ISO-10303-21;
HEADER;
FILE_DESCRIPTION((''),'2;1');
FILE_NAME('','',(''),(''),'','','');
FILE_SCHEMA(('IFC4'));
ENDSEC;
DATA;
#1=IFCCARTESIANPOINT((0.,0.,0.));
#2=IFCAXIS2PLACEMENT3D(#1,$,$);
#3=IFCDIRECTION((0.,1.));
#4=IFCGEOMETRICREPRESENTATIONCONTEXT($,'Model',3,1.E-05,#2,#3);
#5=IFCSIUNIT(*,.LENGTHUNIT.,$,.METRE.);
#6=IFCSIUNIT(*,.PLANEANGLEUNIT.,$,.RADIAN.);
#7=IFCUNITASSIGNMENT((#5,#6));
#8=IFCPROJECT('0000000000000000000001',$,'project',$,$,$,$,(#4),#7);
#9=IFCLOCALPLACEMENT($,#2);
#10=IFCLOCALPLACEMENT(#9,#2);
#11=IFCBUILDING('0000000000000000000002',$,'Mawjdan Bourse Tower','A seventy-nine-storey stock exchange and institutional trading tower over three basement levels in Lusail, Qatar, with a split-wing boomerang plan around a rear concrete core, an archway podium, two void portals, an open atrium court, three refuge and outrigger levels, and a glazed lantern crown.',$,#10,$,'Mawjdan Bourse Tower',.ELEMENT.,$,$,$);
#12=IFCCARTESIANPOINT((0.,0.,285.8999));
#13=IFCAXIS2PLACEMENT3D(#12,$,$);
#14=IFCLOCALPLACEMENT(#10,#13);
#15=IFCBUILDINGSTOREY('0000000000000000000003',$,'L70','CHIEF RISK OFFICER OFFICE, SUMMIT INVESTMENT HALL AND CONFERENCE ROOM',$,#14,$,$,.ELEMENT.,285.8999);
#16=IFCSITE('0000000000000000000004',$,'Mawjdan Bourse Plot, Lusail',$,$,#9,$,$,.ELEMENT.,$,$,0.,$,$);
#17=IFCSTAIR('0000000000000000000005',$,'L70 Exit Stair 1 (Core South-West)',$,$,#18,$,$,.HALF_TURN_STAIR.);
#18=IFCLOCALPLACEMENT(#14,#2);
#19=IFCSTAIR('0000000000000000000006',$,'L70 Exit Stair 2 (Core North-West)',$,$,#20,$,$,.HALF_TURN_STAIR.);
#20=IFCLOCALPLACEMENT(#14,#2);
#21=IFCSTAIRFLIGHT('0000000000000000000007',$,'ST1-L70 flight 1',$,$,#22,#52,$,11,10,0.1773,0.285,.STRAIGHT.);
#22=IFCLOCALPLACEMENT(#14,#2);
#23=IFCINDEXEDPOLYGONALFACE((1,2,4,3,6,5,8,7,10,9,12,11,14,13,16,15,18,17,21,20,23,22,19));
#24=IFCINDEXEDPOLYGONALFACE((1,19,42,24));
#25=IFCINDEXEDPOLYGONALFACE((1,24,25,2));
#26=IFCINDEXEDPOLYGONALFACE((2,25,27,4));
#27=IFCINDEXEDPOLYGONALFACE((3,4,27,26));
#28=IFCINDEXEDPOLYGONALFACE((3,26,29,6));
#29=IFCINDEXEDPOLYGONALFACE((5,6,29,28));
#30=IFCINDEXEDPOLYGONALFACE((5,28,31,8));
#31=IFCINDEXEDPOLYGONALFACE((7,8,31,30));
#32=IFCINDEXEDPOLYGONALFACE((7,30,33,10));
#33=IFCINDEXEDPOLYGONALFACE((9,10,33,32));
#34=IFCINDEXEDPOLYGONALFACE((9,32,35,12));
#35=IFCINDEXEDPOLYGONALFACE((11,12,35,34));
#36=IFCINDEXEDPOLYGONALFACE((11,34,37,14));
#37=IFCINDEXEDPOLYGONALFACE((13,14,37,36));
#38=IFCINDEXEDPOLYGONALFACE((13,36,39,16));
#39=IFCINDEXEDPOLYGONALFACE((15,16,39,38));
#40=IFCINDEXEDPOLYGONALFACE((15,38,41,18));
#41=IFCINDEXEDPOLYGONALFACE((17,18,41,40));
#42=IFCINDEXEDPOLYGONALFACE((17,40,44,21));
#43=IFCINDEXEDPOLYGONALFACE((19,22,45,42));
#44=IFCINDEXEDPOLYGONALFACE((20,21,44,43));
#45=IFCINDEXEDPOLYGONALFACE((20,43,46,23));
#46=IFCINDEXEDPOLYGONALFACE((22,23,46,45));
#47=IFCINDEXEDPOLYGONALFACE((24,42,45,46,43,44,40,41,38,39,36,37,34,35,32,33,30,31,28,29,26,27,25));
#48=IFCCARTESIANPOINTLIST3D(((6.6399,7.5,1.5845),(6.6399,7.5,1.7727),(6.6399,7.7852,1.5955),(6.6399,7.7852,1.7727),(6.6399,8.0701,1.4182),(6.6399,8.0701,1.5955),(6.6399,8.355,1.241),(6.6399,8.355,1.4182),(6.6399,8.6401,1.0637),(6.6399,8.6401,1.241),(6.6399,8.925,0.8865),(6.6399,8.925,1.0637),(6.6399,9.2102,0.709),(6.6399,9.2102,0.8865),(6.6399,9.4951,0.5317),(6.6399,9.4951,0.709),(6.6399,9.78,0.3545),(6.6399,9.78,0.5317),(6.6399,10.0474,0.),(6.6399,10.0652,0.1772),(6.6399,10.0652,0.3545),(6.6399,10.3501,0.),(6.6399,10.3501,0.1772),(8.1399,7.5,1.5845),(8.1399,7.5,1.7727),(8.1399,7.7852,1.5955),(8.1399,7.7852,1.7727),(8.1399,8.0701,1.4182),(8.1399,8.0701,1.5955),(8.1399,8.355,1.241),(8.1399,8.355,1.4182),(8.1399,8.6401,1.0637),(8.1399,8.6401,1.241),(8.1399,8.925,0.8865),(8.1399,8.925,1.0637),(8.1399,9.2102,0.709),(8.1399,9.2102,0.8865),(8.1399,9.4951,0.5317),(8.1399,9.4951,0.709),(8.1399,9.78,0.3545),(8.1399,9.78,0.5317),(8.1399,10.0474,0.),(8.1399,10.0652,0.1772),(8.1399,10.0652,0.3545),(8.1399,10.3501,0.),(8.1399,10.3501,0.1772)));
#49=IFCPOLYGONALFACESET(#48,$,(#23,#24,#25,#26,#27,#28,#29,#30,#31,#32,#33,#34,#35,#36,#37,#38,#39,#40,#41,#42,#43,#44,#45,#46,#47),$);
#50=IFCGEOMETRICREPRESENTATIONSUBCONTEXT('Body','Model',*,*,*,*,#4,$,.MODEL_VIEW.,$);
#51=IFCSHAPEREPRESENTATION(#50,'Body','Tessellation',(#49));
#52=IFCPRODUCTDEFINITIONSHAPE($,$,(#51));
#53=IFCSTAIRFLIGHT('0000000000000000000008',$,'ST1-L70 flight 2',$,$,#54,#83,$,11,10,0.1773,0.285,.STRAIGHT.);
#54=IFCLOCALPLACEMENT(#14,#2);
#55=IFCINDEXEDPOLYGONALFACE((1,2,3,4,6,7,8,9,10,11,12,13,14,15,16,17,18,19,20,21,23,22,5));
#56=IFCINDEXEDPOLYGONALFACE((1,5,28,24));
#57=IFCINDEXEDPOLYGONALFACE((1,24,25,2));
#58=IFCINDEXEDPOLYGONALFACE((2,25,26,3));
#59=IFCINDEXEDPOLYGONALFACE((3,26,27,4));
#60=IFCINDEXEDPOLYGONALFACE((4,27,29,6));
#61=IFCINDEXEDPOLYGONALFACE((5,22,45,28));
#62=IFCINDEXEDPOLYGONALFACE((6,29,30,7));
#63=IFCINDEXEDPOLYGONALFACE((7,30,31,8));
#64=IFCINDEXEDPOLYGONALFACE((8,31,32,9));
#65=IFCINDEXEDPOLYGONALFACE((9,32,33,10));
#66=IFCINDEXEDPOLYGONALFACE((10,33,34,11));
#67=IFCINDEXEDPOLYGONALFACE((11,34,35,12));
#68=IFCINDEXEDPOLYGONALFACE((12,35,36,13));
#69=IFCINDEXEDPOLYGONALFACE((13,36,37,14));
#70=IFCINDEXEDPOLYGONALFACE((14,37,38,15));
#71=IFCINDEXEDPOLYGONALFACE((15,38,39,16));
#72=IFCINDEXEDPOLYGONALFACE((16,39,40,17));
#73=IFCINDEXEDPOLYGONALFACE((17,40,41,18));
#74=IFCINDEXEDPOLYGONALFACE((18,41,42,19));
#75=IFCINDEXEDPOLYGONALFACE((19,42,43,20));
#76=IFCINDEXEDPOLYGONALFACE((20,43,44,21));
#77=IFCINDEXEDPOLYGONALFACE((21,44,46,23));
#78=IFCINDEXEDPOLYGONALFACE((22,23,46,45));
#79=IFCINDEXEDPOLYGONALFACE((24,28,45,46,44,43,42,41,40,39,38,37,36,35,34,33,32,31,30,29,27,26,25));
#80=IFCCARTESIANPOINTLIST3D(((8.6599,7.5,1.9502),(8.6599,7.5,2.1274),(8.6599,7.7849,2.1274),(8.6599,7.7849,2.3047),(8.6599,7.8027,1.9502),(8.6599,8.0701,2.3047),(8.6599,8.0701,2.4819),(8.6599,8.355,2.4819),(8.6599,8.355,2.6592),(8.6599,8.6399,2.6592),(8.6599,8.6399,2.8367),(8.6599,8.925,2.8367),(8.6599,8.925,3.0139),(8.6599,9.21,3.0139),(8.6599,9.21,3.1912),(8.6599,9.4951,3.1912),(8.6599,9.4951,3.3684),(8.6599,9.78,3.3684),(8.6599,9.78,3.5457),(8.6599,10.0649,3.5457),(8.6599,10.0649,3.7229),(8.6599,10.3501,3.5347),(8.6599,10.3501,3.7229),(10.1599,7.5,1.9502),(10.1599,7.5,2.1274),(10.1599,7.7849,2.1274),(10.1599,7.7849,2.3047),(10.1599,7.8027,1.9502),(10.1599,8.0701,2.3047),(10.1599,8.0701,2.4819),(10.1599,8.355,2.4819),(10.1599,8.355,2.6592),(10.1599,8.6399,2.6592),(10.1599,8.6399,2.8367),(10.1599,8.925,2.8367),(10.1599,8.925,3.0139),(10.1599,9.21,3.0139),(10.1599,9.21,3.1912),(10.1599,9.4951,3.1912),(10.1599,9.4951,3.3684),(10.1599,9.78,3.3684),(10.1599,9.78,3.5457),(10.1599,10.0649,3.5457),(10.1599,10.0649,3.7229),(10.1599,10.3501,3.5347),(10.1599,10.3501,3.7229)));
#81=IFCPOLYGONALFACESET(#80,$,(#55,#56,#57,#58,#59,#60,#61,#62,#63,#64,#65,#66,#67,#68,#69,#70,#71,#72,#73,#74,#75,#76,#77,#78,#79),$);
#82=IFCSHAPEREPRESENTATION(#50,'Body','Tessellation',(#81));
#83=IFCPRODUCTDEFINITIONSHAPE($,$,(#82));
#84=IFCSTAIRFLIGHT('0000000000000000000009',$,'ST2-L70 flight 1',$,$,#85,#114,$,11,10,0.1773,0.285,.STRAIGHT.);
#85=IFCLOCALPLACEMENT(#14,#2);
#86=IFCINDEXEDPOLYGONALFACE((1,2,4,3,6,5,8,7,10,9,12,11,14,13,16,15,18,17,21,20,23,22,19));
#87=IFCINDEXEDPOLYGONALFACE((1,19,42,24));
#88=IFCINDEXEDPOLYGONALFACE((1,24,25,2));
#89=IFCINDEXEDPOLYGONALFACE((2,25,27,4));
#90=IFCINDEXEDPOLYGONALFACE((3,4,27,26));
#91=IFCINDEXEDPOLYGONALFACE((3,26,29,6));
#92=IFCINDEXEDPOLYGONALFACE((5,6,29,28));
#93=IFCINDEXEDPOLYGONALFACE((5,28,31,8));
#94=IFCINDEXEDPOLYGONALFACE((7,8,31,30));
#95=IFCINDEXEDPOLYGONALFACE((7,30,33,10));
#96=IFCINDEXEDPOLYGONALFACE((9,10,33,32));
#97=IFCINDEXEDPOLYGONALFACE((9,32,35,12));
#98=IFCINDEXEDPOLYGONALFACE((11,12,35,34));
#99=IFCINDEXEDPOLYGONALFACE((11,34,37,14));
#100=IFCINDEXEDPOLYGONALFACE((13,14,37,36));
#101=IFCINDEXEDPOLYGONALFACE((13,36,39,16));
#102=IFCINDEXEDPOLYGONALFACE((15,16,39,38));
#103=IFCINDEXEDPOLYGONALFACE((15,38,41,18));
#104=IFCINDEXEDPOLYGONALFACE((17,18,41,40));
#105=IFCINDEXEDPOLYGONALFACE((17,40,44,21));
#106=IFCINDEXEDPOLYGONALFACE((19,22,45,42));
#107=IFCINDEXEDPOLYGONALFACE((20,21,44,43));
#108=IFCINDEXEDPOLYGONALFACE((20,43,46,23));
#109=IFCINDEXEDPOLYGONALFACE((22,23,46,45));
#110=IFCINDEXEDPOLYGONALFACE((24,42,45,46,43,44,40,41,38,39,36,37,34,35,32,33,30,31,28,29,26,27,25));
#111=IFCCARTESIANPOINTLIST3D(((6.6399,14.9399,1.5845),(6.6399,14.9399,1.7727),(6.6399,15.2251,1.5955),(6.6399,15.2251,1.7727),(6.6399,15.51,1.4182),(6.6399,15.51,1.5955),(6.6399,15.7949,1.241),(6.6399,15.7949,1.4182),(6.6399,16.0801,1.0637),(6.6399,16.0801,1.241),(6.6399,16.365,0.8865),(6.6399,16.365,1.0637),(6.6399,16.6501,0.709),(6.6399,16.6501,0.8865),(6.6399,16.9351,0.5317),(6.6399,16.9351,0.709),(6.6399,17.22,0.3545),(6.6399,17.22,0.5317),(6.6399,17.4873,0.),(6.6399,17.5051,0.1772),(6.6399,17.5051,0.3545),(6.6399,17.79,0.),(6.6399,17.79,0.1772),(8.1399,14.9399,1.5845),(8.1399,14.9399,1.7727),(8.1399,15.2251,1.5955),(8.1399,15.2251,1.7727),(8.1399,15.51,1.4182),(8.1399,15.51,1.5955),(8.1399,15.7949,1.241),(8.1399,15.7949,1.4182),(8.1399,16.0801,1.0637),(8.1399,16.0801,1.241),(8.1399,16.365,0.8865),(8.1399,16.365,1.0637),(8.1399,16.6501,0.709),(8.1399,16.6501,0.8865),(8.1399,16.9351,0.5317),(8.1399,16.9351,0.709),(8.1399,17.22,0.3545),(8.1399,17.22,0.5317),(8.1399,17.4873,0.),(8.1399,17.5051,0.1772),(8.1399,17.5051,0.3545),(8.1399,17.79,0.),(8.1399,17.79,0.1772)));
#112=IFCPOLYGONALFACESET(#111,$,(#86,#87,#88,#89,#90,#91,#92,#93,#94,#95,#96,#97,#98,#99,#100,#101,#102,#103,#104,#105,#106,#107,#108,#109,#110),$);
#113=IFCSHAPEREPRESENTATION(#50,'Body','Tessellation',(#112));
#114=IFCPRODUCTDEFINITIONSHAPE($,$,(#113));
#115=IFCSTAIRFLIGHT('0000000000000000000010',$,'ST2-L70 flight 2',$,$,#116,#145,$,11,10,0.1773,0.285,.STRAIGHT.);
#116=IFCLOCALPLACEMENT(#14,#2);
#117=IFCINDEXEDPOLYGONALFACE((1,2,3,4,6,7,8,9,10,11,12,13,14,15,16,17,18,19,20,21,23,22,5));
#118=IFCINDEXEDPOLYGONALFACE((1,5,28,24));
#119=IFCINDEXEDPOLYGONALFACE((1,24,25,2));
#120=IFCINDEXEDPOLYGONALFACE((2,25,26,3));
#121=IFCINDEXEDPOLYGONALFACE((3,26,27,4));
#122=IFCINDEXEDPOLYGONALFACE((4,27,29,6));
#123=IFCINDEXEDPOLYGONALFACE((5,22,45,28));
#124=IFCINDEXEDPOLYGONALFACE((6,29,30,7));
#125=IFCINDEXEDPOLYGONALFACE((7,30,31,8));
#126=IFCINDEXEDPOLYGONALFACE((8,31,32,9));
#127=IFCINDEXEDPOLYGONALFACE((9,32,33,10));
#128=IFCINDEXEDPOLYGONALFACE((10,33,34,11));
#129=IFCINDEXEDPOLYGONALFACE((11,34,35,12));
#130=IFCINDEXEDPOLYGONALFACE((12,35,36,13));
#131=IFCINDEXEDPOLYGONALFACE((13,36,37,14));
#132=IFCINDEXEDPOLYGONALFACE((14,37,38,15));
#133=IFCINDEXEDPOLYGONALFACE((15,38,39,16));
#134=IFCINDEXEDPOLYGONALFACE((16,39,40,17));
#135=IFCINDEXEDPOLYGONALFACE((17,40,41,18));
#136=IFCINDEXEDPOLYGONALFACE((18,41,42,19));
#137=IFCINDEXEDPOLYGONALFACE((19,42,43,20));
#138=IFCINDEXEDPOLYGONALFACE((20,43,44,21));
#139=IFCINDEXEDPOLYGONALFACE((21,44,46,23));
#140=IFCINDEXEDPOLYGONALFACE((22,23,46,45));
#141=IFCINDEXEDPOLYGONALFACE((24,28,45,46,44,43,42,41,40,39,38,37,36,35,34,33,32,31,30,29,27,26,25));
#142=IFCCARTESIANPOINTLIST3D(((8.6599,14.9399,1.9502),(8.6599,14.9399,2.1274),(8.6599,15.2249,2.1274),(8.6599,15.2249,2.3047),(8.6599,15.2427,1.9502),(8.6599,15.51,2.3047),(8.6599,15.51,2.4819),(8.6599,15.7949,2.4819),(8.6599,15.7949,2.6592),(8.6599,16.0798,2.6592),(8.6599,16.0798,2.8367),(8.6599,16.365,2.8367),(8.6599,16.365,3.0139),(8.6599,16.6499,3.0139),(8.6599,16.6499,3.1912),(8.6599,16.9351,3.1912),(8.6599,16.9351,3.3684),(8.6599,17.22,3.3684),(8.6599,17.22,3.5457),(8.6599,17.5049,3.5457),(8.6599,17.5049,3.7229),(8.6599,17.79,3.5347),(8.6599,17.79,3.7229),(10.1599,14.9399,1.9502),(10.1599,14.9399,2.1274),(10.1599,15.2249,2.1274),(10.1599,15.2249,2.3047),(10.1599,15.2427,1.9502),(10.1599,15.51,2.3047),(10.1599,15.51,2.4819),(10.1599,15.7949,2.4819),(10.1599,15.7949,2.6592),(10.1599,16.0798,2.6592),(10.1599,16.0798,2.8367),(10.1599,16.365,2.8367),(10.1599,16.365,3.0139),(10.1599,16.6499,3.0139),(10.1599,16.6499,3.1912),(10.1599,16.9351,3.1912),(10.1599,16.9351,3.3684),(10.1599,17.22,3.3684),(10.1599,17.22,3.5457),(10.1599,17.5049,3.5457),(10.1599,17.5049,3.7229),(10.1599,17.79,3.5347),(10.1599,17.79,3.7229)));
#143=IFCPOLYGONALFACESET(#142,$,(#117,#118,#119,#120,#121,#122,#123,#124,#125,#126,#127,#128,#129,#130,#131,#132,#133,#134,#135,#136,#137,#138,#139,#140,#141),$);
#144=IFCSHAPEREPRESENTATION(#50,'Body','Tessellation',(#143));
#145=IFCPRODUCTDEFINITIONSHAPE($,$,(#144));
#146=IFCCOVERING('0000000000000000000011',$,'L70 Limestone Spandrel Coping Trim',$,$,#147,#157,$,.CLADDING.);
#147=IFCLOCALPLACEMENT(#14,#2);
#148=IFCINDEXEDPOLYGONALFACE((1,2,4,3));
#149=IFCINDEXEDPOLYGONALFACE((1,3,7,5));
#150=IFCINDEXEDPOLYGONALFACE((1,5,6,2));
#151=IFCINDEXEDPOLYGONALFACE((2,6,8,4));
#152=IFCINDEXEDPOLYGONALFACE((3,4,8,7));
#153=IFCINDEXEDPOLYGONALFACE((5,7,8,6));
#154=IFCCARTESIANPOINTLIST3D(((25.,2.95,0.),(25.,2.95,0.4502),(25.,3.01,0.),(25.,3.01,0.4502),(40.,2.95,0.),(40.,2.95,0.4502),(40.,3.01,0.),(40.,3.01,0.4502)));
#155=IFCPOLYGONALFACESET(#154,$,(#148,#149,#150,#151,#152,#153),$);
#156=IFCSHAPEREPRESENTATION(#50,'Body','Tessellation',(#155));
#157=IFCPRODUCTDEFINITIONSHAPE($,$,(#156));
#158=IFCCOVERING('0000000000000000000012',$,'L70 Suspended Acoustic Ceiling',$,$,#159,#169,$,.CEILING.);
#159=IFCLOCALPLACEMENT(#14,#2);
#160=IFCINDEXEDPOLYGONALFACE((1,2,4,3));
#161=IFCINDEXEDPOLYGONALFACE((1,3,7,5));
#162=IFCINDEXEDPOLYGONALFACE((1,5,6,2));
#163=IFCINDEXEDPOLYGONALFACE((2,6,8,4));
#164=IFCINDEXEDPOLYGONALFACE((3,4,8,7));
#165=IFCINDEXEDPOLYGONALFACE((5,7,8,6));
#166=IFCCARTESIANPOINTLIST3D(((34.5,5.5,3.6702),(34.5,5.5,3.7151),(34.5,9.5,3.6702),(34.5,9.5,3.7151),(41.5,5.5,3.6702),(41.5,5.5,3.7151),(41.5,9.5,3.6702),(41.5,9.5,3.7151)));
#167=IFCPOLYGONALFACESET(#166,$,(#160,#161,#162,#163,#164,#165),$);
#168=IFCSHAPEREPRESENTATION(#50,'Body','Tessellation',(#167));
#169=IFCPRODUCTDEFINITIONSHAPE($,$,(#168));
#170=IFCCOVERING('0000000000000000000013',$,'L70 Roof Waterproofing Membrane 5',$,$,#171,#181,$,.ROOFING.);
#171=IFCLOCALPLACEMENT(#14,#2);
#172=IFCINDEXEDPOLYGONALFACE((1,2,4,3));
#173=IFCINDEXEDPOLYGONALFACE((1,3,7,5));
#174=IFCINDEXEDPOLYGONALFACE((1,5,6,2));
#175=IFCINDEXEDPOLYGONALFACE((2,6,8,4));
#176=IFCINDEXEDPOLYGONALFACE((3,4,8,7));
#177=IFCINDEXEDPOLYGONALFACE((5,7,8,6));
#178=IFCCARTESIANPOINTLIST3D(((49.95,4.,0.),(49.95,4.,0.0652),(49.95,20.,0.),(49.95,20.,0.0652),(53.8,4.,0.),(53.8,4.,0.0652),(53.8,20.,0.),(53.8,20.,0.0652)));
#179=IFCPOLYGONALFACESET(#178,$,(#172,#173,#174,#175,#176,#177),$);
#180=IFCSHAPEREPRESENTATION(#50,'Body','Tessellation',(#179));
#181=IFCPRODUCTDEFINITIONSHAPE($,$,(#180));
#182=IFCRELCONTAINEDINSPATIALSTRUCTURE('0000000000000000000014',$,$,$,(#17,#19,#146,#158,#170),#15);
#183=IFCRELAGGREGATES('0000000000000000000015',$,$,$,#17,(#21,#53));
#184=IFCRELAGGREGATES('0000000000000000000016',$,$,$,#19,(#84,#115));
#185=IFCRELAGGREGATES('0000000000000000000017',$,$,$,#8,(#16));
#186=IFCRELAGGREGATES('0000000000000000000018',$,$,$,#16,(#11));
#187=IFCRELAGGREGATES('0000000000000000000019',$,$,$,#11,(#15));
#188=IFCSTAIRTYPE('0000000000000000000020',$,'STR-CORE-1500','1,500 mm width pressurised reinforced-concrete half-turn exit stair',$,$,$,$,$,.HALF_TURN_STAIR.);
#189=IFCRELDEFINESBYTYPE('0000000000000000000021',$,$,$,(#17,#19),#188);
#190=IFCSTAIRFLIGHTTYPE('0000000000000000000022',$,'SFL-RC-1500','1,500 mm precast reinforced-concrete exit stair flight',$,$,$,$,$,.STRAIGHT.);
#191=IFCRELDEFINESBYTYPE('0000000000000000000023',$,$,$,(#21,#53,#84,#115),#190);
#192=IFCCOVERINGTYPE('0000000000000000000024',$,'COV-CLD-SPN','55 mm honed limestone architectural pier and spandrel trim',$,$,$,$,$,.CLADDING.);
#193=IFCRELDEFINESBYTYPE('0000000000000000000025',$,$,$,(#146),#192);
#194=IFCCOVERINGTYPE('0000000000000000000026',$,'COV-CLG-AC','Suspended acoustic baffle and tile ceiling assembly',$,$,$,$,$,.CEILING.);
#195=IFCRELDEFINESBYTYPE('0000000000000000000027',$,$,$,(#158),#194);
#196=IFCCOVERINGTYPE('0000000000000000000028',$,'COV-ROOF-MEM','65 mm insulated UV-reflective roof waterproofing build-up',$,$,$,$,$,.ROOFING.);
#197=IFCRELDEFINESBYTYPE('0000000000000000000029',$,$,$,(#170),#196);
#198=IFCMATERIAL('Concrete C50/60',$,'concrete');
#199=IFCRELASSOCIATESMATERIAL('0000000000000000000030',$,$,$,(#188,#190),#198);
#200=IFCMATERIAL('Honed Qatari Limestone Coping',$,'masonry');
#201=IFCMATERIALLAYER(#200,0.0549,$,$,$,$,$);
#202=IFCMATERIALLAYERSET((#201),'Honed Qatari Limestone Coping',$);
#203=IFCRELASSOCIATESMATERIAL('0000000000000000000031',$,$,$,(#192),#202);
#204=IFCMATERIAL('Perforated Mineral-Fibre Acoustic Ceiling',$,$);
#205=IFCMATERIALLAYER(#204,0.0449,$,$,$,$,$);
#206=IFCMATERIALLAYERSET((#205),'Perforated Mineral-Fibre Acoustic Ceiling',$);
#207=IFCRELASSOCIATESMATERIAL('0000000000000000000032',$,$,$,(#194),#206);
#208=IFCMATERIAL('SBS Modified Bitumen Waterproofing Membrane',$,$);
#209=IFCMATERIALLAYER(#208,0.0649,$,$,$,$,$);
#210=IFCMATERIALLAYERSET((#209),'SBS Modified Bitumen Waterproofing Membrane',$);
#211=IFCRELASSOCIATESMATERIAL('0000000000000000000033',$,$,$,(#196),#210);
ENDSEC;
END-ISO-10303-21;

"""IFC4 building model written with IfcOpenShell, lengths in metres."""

from ifc_helpers import new_model, si_unit, direction, frame, origin, place, context, subcontext, project, spatial, polyline, outline, extrude, material, layer, layer_set, type_object, element, aggregate, save


model = new_model("IFC4")

# Units and contexts
model_context = context("Model", 3, precision=1e-05, world=origin(), true_north=direction((0.0, 1.0)))
body_context = subcontext(model_context, "Body", "Model", "MODEL_VIEW")
ifc_project = project(units=[si_unit("LENGTHUNIT", "METRE"), si_unit("PLANEANGLEUNIT", "RADIAN")], contexts=[model_context])

# Site, building, storey
site_placement = place(None, origin())
site = spatial("IfcSite", under=ifc_project, at=site_placement, Name="Mawjdan Bourse Plot, Lusail", CompositionType="ELEMENT", RefElevation=0.0)
building_placement = place(site_placement, origin())
building = spatial("IfcBuilding", under=site, at=building_placement, Name="Mawjdan Bourse Tower", Description="A seventy-nine-storey stock exchange and institutional trading tower over three basement levels in Lusail, Qatar, with a split-wing boomerang plan around a rear concrete core, an archway podium, two void portals, an open atrium court, three refuge and outrigger levels, and a glazed lantern crown.", LongName="Mawjdan Bourse Tower", CompositionType="ELEMENT")
storey_placement = place(building_placement, frame((0.0, 0.0, 285.8999)))
storey = spatial("IfcBuildingStorey", under=building, at=storey_placement, Name="L70", Description="CHIEF RISK OFFICER OFFICE, SUMMIT INVESTMENT HALL AND CONFERENCE ROOM", CompositionType="ELEMENT", Elevation=285.8999)

# Stairs
ifc_material_1 = material(Name="Concrete C50/60", Category="concrete")
stair_type = type_object("IfcStairType", Name="STR-CORE-1500", Description="1,500 mm width pressurised reinforced-concrete half-turn exit stair", PredefinedType="HALF_TURN_STAIR", material=ifc_material_1)
stair_1_placement = place(storey_placement, origin())
stair_1 = element("IfcStair", 1, at=stair_1_placement, inside=storey, type_object=stair_type, Name="L70 Exit Stair 1 (Core South-West)", PredefinedType="HALF_TURN_STAIR")
stair_2_placement = place(storey_placement, origin())
stair_2 = element("IfcStair", 2, at=stair_2_placement, inside=storey, type_object=stair_type, Name="L70 Exit Stair 2 (Core North-West)", PredefinedType="HALF_TURN_STAIR")

# Stair flights
stair_flight_type = type_object("IfcStairFlightType", Name="SFL-RC-1500", Description="1,500 mm precast reinforced-concrete exit stair flight", PredefinedType="STRAIGHT", material=ifc_material_1)
stair_flight_1_placement = place(storey_placement, frame((7.3899, 10.3501, 0.0), z_axis=(0.0, 0.0, 1.0), x_axis=(0.0, -1.0, 0.0)))
stair_flight_1 = element("IfcStairFlight", 3, at=stair_flight_1_placement, type_object=stair_flight_type, Name="ST1-L70 flight 1", NumberOfRisers=11, NumberOfTreads=10, PredefinedType="STRAIGHT", RiserHeight=0.1773, TreadLength=0.285, context=body_context, shape_type="SweptSolid", body=[
    extrude(outline(polyline([(0.0, 0.0), (0.0, 0.1772), (0.2849, 0.1772), (0.2849, 0.3545), (0.5701, 0.3545), (0.5701, 0.5317), (0.855, 0.5317), (0.855, 0.709), (1.1399, 0.709), (1.1399, 0.8865), (1.425, 0.8865), (1.425, 1.0637), (1.71, 1.0637), (1.71, 1.241), (1.9951, 1.241), (1.9951, 1.4182), (2.28, 1.4182), (2.28, 1.5955), (2.5649, 1.5955), (2.5649, 1.7727), (2.8501, 1.7727), (2.8501, 1.95), (2.8501, 1.5845), (0.3027, 0.0), (0.0, 0.0)])), frame((0.0, 0.75, 0.0), z_axis=(0.0, -1.0, 0.0), x_axis=(1.0, 0.0, 0.0)), (0.0, 0.0, 1.0), 1.5),
])
stair_flight_2_placement = place(storey_placement, frame((9.4099, 7.5, 1.9502), z_axis=(0.0, 0.0, 1.0), x_axis=(0.0, 1.0, 0.0)))
stair_flight_2 = element("IfcStairFlight", 4, at=stair_flight_2_placement, type_object=stair_flight_type, Name="ST1-L70 flight 2", NumberOfRisers=11, NumberOfTreads=10, PredefinedType="STRAIGHT", RiserHeight=0.1773, TreadLength=0.285, context=body_context, shape_type="SweptSolid", body=[
    extrude(outline(polyline([(0.0, 0.0), (0.0, 0.1772), (0.2849, 0.1772), (0.2849, 0.3545), (0.5701, 0.3545), (0.5701, 0.5317), (0.855, 0.5317), (0.855, 0.709), (1.1399, 0.709), (1.1399, 0.8865), (1.425, 0.8865), (1.425, 1.0637), (1.71, 1.0637), (1.71, 1.241), (1.9951, 1.241), (1.9951, 1.4182), (2.28, 1.4182), (2.28, 1.5955), (2.5649, 1.5955), (2.5649, 1.7727), (2.8501, 1.7727), (2.8501, 1.95), (2.8501, 1.5845), (0.3027, 0.0), (0.0, 0.0)])), frame((0.0, 0.75, 0.0), z_axis=(0.0, -1.0, 0.0), x_axis=(1.0, 0.0, 0.0)), (0.0, 0.0, 1.0), 1.5),
])
aggregate(stair_1, [stair_flight_1, stair_flight_2])
stair_flight_3_placement = place(storey_placement, frame((7.3899, 17.79, 0.0), z_axis=(0.0, 0.0, 1.0), x_axis=(0.0, -1.0, 0.0)))
stair_flight_3 = element("IfcStairFlight", 5, at=stair_flight_3_placement, type_object=stair_flight_type, Name="ST2-L70 flight 1", NumberOfRisers=11, NumberOfTreads=10, PredefinedType="STRAIGHT", RiserHeight=0.1773, TreadLength=0.285, context=body_context, shape_type="SweptSolid", body=[
    extrude(outline(polyline([(0.0, 0.0), (0.0, 0.1772), (0.2849, 0.1772), (0.2849, 0.3545), (0.5701, 0.3545), (0.5701, 0.5317), (0.855, 0.5317), (0.855, 0.709), (1.1399, 0.709), (1.1399, 0.8865), (1.425, 0.8865), (1.425, 1.0637), (1.71, 1.0637), (1.71, 1.241), (1.9951, 1.241), (1.9951, 1.4182), (2.28, 1.4182), (2.28, 1.5955), (2.5649, 1.5955), (2.5649, 1.7727), (2.8501, 1.7727), (2.8501, 1.95), (2.8501, 1.5845), (0.3027, 0.0), (0.0, 0.0)])), frame((0.0, 0.75, 0.0), z_axis=(0.0, -1.0, 0.0), x_axis=(1.0, 0.0, 0.0)), (0.0, 0.0, 1.0), 1.5),
])
stair_flight_4_placement = place(storey_placement, frame((9.4099, 14.9399, 1.9502), z_axis=(0.0, 0.0, 1.0), x_axis=(0.0, 1.0, 0.0)))
stair_flight_4 = element("IfcStairFlight", 6, at=stair_flight_4_placement, type_object=stair_flight_type, Name="ST2-L70 flight 2", NumberOfRisers=11, NumberOfTreads=10, PredefinedType="STRAIGHT", RiserHeight=0.1773, TreadLength=0.285, context=body_context, shape_type="SweptSolid", body=[
    extrude(outline(polyline([(0.0, 0.0), (0.0, 0.1772), (0.2849, 0.1772), (0.2849, 0.3545), (0.5701, 0.3545), (0.5701, 0.5317), (0.855, 0.5317), (0.855, 0.709), (1.1399, 0.709), (1.1399, 0.8865), (1.425, 0.8865), (1.425, 1.0637), (1.71, 1.0637), (1.71, 1.241), (1.9951, 1.241), (1.9951, 1.4182), (2.28, 1.4182), (2.28, 1.5955), (2.5649, 1.5955), (2.5649, 1.7727), (2.8501, 1.7727), (2.8501, 1.95), (2.8501, 1.5845), (0.3027, 0.0), (0.0, 0.0)])), frame((0.0, 0.75, 0.0), z_axis=(0.0, -1.0, 0.0), x_axis=(1.0, 0.0, 0.0)), (0.0, 0.0, 1.0), 1.5),
])
aggregate(stair_2, [stair_flight_3, stair_flight_4])

# Coverings
ifc_material_2 = material(Name="Honed Qatari Limestone Coping", Category="masonry")
ifc_layer_1 = layer(ifc_material_2, 0.0549)
ifc_layer_set_1 = layer_set([ifc_layer_1], Name="Honed Qatari Limestone Coping")
covering_type_1 = type_object("IfcCoveringType", Name="COV-CLD-SPN", Description="55 mm honed limestone architectural pier and spandrel trim", PredefinedType="CLADDING", material=ifc_layer_set_1)
covering_1_placement = place(storey_placement, origin())
element("IfcCovering", 7, at=covering_1_placement, inside=storey, type_object=covering_type_1, Name="L70 Limestone Spandrel Coping Trim", PredefinedType="CLADDING", context=body_context, shape_type="SweptSolid", body=[
    extrude(outline(polyline([(25.0, 2.95), (40.0, 2.95), (40.0, 3.01), (25.0, 3.01), (25.0, 2.95)])), origin(), (0.0, 0.0, 1.0), 0.4502),
])
ifc_material_3 = material(Name="Perforated Mineral-Fibre Acoustic Ceiling")
ifc_layer_2 = layer(ifc_material_3, 0.0449)
ifc_layer_set_2 = layer_set([ifc_layer_2], Name="Perforated Mineral-Fibre Acoustic Ceiling")
covering_type_2 = type_object("IfcCoveringType", Name="COV-CLG-AC", Description="Suspended acoustic baffle and tile ceiling assembly", PredefinedType="CEILING", material=ifc_layer_set_2)
covering_2_placement = place(storey_placement, frame((0.0, 0.0, 3.6702)))
element("IfcCovering", 8, at=covering_2_placement, inside=storey, type_object=covering_type_2, Name="L70 Suspended Acoustic Ceiling", PredefinedType="CEILING", context=body_context, shape_type="SweptSolid", body=[
    extrude(outline(polyline([(34.5, 5.5), (41.5, 5.5), (41.5, 9.5), (34.5, 9.5), (34.5, 5.5)])), origin(), (0.0, 0.0, 1.0), 0.0449),
])
ifc_material_4 = material(Name="SBS Modified Bitumen Waterproofing Membrane")
ifc_layer_3 = layer(ifc_material_4, 0.0649)
ifc_layer_set_3 = layer_set([ifc_layer_3], Name="SBS Modified Bitumen Waterproofing Membrane")
covering_type_3 = type_object("IfcCoveringType", Name="COV-ROOF-MEM", Description="65 mm insulated UV-reflective roof waterproofing build-up", PredefinedType="ROOFING", material=ifc_layer_set_3)
covering_3_placement = place(storey_placement, origin())
element("IfcCovering", 9, at=covering_3_placement, inside=storey, type_object=covering_type_3, Name="L70 Roof Waterproofing Membrane 5", PredefinedType="ROOFING", context=body_context, shape_type="SweptSolid", body=[
    extrude(outline(polyline([(49.95, 4.0), (53.8, 4.0), (53.8, 20.0), (49.95, 20.0), (49.95, 4.0)])), origin(), (0.0, 0.0, 1.0), 0.0652),
])

save(model, "model.ifc")
